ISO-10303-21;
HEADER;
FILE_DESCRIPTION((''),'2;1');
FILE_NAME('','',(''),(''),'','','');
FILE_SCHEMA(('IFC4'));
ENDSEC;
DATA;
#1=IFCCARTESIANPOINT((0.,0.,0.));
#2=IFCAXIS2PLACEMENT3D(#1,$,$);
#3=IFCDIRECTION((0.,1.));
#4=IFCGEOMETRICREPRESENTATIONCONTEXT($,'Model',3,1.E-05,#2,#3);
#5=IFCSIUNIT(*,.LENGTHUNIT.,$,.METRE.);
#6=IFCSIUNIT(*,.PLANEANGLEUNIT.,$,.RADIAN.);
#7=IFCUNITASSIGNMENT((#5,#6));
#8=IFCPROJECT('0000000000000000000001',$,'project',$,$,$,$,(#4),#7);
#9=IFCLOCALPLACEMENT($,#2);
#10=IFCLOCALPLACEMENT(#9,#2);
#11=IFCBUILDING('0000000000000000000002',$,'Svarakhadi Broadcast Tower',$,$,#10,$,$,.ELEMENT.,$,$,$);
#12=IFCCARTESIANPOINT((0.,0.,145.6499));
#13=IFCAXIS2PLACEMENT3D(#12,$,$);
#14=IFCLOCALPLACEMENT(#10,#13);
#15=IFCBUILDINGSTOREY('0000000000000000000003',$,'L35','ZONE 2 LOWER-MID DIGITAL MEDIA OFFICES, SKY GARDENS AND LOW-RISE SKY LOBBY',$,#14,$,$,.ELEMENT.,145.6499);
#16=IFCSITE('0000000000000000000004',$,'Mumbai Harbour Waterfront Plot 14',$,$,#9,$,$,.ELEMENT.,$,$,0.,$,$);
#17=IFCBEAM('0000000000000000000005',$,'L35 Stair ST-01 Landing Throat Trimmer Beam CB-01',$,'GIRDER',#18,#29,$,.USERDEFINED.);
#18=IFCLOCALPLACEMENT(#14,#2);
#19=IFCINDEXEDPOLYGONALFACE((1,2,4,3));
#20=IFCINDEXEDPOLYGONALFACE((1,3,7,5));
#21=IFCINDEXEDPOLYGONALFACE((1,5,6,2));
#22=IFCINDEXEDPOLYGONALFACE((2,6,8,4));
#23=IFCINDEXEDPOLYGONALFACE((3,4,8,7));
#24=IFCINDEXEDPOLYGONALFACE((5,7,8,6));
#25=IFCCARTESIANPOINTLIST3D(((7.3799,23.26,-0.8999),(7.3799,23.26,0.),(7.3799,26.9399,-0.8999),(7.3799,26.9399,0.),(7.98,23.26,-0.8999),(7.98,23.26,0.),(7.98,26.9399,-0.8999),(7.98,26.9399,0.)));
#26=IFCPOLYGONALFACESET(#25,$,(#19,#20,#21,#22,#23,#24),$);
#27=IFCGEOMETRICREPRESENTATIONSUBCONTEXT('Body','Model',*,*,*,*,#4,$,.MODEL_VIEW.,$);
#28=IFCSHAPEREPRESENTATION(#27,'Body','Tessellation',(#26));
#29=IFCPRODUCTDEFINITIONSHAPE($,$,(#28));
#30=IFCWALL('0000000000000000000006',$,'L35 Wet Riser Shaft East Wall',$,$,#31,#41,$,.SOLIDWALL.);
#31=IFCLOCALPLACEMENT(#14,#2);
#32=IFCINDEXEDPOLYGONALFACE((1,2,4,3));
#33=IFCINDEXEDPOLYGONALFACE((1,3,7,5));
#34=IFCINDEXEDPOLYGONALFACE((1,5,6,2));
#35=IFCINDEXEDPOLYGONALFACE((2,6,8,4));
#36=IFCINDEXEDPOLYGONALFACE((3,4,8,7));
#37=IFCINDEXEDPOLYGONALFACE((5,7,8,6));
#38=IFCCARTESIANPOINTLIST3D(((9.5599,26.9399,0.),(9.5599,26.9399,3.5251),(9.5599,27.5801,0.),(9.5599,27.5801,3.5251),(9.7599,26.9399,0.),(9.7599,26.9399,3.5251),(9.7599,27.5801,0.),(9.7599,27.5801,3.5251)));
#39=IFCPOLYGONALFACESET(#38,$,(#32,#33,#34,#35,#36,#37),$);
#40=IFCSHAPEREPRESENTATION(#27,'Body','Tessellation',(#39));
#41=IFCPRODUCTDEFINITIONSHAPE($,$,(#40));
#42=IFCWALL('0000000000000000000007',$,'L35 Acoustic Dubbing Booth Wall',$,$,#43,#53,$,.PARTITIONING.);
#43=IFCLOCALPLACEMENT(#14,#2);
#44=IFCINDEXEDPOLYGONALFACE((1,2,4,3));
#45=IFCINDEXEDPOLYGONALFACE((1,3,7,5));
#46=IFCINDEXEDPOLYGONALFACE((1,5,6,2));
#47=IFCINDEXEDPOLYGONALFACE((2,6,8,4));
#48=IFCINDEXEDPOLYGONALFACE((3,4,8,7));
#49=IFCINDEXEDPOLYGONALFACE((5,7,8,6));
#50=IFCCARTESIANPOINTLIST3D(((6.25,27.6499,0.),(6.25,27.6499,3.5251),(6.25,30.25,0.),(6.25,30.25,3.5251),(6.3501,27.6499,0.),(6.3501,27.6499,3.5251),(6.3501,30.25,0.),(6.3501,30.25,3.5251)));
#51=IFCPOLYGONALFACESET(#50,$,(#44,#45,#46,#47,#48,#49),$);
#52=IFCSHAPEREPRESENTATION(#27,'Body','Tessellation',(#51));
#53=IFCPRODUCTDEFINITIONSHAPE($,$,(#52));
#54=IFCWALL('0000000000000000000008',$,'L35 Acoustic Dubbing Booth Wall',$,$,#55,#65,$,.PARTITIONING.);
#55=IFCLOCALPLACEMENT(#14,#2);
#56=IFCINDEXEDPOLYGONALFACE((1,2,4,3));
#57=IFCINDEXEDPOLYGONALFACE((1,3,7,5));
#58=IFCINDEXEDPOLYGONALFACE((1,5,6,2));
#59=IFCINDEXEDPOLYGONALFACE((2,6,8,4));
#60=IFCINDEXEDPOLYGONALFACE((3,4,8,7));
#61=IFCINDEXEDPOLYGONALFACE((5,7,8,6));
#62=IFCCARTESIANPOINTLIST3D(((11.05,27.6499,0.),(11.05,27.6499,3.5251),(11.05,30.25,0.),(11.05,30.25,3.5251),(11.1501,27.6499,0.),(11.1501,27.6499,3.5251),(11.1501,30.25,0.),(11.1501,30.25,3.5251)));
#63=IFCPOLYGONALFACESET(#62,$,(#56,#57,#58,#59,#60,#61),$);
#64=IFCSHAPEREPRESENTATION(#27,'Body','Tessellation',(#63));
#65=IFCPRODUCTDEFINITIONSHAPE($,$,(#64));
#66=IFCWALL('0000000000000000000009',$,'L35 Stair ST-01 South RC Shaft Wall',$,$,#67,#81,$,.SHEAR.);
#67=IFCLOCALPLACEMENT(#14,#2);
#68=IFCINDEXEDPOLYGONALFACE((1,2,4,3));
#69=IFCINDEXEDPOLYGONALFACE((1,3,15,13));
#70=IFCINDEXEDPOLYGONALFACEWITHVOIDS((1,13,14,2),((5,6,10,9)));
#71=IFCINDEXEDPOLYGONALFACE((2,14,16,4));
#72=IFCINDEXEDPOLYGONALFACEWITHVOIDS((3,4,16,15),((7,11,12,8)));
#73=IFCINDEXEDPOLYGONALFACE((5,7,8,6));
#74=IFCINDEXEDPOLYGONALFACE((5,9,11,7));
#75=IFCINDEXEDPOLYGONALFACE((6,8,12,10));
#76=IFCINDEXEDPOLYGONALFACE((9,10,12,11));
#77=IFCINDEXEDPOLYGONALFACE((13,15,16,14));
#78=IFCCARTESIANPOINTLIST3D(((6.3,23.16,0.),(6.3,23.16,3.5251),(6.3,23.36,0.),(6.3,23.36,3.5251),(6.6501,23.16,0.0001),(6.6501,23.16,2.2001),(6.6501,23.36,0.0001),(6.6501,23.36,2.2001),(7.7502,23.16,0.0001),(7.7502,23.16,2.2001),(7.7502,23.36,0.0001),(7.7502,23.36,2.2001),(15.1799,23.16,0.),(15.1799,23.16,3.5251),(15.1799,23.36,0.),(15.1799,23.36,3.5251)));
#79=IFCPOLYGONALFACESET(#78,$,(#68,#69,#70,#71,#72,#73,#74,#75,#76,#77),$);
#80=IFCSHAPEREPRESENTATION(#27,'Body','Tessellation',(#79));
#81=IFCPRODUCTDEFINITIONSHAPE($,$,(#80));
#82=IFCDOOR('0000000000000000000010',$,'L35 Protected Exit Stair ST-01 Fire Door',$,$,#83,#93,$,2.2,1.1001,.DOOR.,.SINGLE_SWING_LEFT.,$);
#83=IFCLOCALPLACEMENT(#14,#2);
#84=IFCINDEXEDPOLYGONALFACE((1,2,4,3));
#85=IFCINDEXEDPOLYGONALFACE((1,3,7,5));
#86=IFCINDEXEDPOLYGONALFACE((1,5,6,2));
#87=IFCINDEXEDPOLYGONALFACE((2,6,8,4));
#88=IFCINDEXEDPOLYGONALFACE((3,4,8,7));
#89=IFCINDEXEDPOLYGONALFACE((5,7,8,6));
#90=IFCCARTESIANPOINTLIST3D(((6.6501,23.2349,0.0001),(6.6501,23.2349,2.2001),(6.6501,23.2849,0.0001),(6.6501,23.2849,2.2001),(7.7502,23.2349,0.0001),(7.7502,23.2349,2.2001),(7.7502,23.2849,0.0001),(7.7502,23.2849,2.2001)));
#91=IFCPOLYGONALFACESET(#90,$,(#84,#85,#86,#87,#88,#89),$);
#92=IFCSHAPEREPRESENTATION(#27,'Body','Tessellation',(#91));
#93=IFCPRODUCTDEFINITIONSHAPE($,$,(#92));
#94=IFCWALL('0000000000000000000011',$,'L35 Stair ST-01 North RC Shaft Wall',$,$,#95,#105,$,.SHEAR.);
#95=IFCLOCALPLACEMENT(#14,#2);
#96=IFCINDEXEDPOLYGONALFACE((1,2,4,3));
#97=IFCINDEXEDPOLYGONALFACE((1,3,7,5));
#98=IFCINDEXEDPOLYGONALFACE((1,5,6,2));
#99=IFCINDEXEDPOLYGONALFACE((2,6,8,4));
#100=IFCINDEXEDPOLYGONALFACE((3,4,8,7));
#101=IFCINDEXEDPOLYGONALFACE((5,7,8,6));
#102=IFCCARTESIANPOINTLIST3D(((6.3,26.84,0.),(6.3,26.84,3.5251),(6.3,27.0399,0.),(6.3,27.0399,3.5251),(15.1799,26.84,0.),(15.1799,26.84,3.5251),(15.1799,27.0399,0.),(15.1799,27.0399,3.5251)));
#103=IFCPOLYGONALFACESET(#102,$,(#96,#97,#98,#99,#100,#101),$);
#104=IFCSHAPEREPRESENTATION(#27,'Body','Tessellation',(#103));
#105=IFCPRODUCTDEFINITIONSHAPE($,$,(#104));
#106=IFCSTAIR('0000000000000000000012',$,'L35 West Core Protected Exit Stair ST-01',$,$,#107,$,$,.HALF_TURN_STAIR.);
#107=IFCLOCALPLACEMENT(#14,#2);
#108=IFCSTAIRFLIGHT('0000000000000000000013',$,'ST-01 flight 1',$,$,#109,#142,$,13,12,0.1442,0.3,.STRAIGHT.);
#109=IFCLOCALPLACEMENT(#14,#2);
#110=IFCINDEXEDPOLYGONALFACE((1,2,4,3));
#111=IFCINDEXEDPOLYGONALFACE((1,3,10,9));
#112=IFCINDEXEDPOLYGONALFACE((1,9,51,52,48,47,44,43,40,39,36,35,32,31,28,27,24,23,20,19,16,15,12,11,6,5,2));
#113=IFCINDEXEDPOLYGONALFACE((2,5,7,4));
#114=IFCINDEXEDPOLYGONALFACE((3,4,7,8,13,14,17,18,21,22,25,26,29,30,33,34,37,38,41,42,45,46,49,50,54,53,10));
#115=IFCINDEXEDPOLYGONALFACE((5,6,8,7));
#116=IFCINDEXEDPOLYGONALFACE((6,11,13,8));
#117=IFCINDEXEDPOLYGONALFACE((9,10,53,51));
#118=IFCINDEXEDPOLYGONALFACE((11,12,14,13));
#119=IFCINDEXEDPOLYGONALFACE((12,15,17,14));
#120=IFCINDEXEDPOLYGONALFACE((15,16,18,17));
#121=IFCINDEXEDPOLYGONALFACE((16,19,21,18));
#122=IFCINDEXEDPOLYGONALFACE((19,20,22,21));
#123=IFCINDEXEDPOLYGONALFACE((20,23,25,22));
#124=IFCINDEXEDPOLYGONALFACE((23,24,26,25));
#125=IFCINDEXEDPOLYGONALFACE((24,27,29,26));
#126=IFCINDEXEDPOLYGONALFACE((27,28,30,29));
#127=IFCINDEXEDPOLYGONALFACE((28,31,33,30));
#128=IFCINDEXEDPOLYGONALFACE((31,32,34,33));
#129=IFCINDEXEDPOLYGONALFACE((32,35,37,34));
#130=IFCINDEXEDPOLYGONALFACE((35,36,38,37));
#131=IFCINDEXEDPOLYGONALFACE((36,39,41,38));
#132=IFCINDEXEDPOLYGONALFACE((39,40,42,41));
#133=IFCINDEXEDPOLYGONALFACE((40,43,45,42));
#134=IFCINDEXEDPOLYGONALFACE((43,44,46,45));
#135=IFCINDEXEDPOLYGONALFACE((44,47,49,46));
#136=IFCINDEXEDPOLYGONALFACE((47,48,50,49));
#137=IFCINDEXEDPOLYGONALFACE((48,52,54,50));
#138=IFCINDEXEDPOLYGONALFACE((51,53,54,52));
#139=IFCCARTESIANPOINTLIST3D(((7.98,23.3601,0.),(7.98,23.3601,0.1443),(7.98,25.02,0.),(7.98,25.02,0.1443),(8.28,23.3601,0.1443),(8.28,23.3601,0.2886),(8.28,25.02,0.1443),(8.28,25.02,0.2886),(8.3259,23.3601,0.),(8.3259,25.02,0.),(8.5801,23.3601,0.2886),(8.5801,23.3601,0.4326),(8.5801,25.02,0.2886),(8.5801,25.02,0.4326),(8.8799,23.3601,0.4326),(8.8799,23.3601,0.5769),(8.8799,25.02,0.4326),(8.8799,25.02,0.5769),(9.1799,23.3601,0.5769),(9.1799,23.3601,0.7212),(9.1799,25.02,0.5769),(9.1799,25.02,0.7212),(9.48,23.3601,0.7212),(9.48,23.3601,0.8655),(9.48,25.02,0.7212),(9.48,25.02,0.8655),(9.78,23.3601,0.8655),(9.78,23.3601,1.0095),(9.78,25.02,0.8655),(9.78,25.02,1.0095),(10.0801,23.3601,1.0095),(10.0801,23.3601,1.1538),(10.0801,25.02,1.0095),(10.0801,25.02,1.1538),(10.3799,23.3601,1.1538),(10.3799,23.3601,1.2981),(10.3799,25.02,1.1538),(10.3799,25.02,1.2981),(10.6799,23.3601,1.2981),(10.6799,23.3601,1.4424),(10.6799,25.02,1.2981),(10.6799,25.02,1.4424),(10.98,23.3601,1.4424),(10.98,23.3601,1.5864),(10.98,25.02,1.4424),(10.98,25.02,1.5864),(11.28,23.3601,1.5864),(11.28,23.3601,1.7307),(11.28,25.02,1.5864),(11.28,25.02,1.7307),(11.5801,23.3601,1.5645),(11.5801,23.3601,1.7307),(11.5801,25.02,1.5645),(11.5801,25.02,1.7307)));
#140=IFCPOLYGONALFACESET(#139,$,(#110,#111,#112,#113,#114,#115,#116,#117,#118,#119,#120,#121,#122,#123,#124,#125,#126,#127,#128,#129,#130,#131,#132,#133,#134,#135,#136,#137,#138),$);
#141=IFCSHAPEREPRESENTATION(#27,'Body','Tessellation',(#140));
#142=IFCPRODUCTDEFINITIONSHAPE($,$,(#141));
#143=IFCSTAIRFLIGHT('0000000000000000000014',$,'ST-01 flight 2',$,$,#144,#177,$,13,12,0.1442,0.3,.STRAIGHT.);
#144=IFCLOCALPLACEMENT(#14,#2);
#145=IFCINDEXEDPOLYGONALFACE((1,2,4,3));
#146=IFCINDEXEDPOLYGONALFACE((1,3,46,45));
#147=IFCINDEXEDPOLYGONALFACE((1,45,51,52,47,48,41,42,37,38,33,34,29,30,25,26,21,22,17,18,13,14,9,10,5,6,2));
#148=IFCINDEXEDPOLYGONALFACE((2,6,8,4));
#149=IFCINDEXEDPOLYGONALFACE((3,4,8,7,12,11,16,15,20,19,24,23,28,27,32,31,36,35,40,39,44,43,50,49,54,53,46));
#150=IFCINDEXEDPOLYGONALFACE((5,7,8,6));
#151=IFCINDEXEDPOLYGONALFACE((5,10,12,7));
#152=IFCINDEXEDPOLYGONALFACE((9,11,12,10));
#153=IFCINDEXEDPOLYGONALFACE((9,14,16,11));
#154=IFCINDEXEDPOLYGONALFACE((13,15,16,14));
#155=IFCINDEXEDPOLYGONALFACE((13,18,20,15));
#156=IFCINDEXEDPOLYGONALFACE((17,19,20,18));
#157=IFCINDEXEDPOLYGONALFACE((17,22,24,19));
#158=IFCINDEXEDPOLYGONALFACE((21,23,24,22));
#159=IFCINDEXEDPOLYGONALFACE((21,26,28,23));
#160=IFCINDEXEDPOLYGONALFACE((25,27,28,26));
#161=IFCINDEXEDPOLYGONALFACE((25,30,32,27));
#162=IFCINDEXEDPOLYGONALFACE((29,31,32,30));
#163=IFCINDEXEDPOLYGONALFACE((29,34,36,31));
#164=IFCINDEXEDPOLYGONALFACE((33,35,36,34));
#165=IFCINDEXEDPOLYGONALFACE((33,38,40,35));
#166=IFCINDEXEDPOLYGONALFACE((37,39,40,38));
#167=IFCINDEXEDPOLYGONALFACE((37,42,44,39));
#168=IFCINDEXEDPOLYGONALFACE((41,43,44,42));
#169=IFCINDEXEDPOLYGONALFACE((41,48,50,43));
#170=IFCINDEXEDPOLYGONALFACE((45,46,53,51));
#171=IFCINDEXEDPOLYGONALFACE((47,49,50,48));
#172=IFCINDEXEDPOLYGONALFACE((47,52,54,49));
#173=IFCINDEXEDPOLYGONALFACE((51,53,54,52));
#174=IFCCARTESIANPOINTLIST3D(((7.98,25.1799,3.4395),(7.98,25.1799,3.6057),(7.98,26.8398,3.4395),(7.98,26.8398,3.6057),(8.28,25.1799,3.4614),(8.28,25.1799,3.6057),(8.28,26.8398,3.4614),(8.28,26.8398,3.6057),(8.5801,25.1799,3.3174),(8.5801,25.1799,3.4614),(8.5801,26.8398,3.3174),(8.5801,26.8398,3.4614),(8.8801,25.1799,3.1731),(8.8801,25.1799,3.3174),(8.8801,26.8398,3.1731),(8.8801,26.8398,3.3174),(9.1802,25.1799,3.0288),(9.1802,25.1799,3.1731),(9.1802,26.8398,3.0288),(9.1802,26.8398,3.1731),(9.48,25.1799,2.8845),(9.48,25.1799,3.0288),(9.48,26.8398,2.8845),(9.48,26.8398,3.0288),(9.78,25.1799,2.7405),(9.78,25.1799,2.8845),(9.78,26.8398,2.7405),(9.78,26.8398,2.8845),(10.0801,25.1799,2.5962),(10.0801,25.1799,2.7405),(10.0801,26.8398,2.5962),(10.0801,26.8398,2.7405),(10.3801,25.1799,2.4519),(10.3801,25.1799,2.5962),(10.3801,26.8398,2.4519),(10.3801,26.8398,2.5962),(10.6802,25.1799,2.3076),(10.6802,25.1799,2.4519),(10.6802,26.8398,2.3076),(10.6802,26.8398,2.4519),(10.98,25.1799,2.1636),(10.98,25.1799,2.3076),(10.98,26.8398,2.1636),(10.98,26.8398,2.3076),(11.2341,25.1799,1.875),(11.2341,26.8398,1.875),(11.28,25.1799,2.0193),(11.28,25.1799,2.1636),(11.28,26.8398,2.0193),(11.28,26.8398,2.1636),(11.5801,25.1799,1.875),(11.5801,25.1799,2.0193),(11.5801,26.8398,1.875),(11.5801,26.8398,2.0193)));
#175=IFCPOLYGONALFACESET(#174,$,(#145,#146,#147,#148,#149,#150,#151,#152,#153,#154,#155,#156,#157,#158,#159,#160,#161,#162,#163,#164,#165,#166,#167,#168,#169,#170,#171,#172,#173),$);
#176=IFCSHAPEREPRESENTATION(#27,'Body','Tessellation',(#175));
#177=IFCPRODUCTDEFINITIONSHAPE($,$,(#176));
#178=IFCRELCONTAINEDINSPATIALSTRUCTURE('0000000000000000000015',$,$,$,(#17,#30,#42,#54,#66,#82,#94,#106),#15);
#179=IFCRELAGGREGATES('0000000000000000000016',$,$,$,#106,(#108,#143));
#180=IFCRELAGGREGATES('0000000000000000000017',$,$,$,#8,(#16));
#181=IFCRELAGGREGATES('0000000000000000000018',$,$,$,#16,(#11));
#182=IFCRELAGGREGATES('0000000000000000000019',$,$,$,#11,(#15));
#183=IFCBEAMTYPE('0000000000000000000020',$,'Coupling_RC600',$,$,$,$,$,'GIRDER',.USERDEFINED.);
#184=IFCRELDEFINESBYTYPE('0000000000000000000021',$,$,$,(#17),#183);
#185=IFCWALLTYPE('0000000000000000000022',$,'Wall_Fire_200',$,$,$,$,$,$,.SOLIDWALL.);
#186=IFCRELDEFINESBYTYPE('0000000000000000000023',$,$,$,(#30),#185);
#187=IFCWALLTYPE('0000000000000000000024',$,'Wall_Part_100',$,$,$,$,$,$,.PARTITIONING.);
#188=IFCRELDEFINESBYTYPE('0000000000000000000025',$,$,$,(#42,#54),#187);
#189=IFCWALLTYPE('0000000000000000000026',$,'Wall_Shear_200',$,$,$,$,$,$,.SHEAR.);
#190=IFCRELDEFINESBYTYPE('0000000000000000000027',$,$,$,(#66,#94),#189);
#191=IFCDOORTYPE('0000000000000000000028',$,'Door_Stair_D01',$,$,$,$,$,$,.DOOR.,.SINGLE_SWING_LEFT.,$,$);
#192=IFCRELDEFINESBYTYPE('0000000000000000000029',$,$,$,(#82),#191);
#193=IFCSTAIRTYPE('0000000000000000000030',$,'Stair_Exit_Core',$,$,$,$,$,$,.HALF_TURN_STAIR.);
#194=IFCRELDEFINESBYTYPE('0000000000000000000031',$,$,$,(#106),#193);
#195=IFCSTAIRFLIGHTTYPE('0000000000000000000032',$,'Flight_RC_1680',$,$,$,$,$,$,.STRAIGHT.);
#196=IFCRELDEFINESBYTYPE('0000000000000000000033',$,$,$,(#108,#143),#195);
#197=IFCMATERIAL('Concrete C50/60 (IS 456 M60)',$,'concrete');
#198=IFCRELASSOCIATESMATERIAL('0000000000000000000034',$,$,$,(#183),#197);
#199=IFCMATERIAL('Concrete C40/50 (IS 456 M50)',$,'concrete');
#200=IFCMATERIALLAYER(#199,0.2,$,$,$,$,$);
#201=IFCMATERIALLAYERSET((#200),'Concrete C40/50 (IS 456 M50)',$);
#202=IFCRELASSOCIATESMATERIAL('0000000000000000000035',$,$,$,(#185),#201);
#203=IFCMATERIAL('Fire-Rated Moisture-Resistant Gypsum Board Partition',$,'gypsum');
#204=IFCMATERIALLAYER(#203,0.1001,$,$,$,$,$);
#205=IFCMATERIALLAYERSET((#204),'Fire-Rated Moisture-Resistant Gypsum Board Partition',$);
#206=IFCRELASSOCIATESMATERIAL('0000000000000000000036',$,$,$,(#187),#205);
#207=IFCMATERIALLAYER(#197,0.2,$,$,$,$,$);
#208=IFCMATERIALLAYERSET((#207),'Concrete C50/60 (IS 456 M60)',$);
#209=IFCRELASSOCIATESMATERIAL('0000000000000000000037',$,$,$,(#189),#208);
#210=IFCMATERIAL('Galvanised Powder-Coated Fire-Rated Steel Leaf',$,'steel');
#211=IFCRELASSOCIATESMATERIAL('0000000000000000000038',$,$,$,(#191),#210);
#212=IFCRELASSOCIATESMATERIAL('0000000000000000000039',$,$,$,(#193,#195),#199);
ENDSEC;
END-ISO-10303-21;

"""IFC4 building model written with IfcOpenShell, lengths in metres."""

from ifc_helpers import new_model, si_unit, direction, frame, frame_2d, origin, origin_2d, place, context, subcontext, project, spatial, polyline, rectangle, outline, extrude, material, layer, layer_set, material_profile, profile_set, type_object, element, fill, aggregate, save


model = new_model("IFC4")

# Units and contexts
model_context = context("Model", 3, precision=1e-05, world=origin(), true_north=direction((0.0, 1.0)))
body_context = subcontext(model_context, "Body", "Model", "MODEL_VIEW")
ifc_project = project(units=[si_unit("LENGTHUNIT", "METRE"), si_unit("PLANEANGLEUNIT", "RADIAN")], contexts=[model_context])

# Site, building, storey
site_placement = place(None, origin())
site = spatial("IfcSite", under=ifc_project, at=site_placement, Name="Mumbai Harbour Waterfront Plot 14", CompositionType="ELEMENT", RefElevation=0.0)
building_placement = place(site_placement, origin())
building = spatial("IfcBuilding", under=site, at=building_placement, Name="Svarakhadi Broadcast Tower", CompositionType="ELEMENT")
storey_placement = place(building_placement, frame((0.0, 0.0, 145.6499)))
storey = spatial("IfcBuildingStorey", under=building, at=storey_placement, Name="L35", Description="ZONE 2 LOWER-MID DIGITAL MEDIA OFFICES, SKY GARDENS AND LOW-RISE SKY LOBBY", CompositionType="ELEMENT", Elevation=145.6499)

# Beam
ifc_material_1 = material(Name="Concrete C50/60 (IS 456 M60)", Category="concrete")
ifc_material_profile = material_profile(ifc_material_1, rectangle(XDim=0.6001, YDim=0.8999, at=origin_2d()), Name="RC 600x900")
ifc_profile_set = profile_set([ifc_material_profile], Name="Concrete C50/60 (IS 456 M60)")
beam_type = type_object("IfcBeamType", Name="Coupling_RC600", ElementType="GIRDER", PredefinedType="USERDEFINED", material=ifc_profile_set)
beam_placement = place(storey_placement, frame((7.6799, 23.26, -0.45), z_axis=(0.0, 1.0, 0.0), x_axis=(-1.0, 0.0, 0.0)))
element("IfcBeam", 1, at=beam_placement, inside=storey, type_object=beam_type, Name="L35 Stair ST-01 Landing Throat Trimmer Beam CB-01", ObjectType="GIRDER", PredefinedType="USERDEFINED", context=body_context, shape_type="SweptSolid", body=[
    extrude(rectangle(XDim=0.6001, YDim=0.8999, at=origin_2d()), origin(), (0.0, 0.0, 1.0), 3.6799),
])

# Walls
ifc_material_2 = material(Name="Concrete C40/50 (IS 456 M50)", Category="concrete")
ifc_layer_1 = layer(ifc_material_2, 0.2)
ifc_layer_set_1 = layer_set([ifc_layer_1], Name="Concrete C40/50 (IS 456 M50)")
wall_type_1 = type_object("IfcWallType", Name="Wall_Fire_200", PredefinedType="SOLIDWALL", material=ifc_layer_set_1)
wall_1_placement = place(storey_placement, frame((9.6599, 26.9399, 0.0), z_axis=(0.0, 0.0, 1.0), x_axis=(0.0, 1.0, 0.0)))
element("IfcWall", 2, at=wall_1_placement, inside=storey, type_object=wall_type_1, Name="L35 Wet Riser Shaft East Wall", PredefinedType="SOLIDWALL", context=body_context, shape_type="SweptSolid", body=[
    extrude(rectangle(XDim=0.6401, YDim=0.2, at=frame_2d((0.3201, 0.0))), origin(), (0.0, 0.0, 1.0), 3.5251),
])
ifc_material_3 = material(Name="Fire-Rated Moisture-Resistant Gypsum Board Partition", Category="gypsum")
ifc_layer_2 = layer(ifc_material_3, 0.1001)
ifc_layer_set_2 = layer_set([ifc_layer_2], Name="Fire-Rated Moisture-Resistant Gypsum Board Partition")
wall_type_2 = type_object("IfcWallType", Name="Wall_Part_100", PredefinedType="PARTITIONING", material=ifc_layer_set_2)
for number, where, z_axis, x_axis, name in (
    (3, (6.3, 27.6499, 0.0), (0.0, 0.0, 1.0), (0.0, 1.0, 0.0), "L35 Acoustic Dubbing Booth Wall"),
    (4, (11.1001, 27.6499, 0.0), (0.0, 0.0, 1.0), (0.0, 1.0, 0.0), "L35 Acoustic Dubbing Booth Wall"),
):
    element("IfcWall", number, at=place(storey_placement, frame(where, z_axis=z_axis, x_axis=x_axis)), inside=storey, type_object=wall_type_2, Name=name, PredefinedType="PARTITIONING", context=body_context, shape_type="SweptSolid", body=[
        extrude(rectangle(XDim=2.6001, YDim=0.1001, at=frame_2d((1.3, 0.0))), origin(), (0.0, 0.0, 1.0), 3.5251),
    ])

# Wall, opening, door
ifc_layer_3 = layer(ifc_material_1, 0.2)
ifc_layer_set_3 = layer_set([ifc_layer_3], Name="Concrete C50/60 (IS 456 M60)")
wall_type_3 = type_object("IfcWallType", Name="Wall_Shear_200", PredefinedType="SHEAR", material=ifc_layer_set_3)
wall_2_placement = place(storey_placement, frame((6.3, 23.26, 0.0), z_axis=(0.0, 0.0, 1.0), x_axis=(1.0, 0.0, 0.0)))
wall_2 = element("IfcWall", 5, at=wall_2_placement, inside=storey, type_object=wall_type_3, Name="L35 Stair ST-01 South RC Shaft Wall", PredefinedType="SHEAR", context=body_context, shape_type="SweptSolid", body=[
    extrude(rectangle(XDim=8.8799, YDim=0.2, at=frame_2d((4.4399, 0.0))), origin(), (0.0, 0.0, 1.0), 3.5251),
])
opening_placement = place(wall_2_placement, frame((0.3501, 0.0, 0.0)))
opening = element("IfcOpeningElement", 6, at=opening_placement, cuts=wall_2, PredefinedType="OPENING", context=body_context, shape_type="SweptSolid", body=[
    extrude(rectangle(XDim=1.1001, YDim=2.2, at=frame_2d((0.55, 1.1001))), frame((0.0, 0.1099, 0.0), z_axis=(0.0, -1.0, 0.0), x_axis=(1.0, 0.0, 0.0)), (0.0, 0.0, 1.0), 0.22),
])
ifc_material_4 = material(Name="Galvanised Powder-Coated Fire-Rated Steel Leaf", Category="steel")
door_type = type_object("IfcDoorType", Name="Door_Stair_D01", OperationType="SINGLE_SWING_LEFT", PredefinedType="DOOR", material=ifc_material_4)
door_placement = place(opening_placement, origin())
door = element("IfcDoor", 7, at=door_placement, inside=storey, type_object=door_type, Name="L35 Protected Exit Stair ST-01 Fire Door", OperationType="SINGLE_SWING_LEFT", OverallHeight=2.2, OverallWidth=1.1001, PredefinedType="DOOR", context=body_context, shape_type="SweptSolid", body=[
    extrude(rectangle(XDim=1.1001, YDim=2.2, at=frame_2d((0.55, 1.1001))), frame((0.0, 0.0249, 0.0), z_axis=(0.0, -1.0, 0.0), x_axis=(1.0, 0.0, 0.0)), (0.0, 0.0, 1.0), 0.05),
])
fill(opening, door)

# Wall
wall_3_placement = place(storey_placement, frame((6.3, 26.9399, 0.0), z_axis=(0.0, 0.0, 1.0), x_axis=(1.0, 0.0, 0.0)))
element("IfcWall", 8, at=wall_3_placement, inside=storey, type_object=wall_type_3, Name="L35 Stair ST-01 North RC Shaft Wall", PredefinedType="SHEAR", context=body_context, shape_type="SweptSolid", body=[
    extrude(rectangle(XDim=8.8799, YDim=0.2, at=frame_2d((4.4399, 0.0))), origin(), (0.0, 0.0, 1.0), 3.5251),
])

# Stair, stair flights
stair_type = type_object("IfcStairType", Name="Stair_Exit_Core", PredefinedType="HALF_TURN_STAIR", material=ifc_material_2)
stair_placement = place(storey_placement, origin())
stair = element("IfcStair", 9, at=stair_placement, inside=storey, type_object=stair_type, Name="L35 West Core Protected Exit Stair ST-01", PredefinedType="HALF_TURN_STAIR")
stair_flight_type = type_object("IfcStairFlightType", Name="Flight_RC_1680", PredefinedType="STRAIGHT", material=ifc_material_2)
stair_flight_1_placement = place(storey_placement, frame((7.98, 24.1899, 0.0), z_axis=(0.0, 0.0, 1.0), x_axis=(1.0, 0.0, 0.0)))
stair_flight_1 = element("IfcStairFlight", 10, at=stair_flight_1_placement, type_object=stair_flight_type, Name="ST-01 flight 1", NumberOfRisers=13, NumberOfTreads=12, PredefinedType="STRAIGHT", RiserHeight=0.1442, TreadLength=0.3, context=body_context, shape_type="SweptSolid", body=[
    extrude(outline(polyline([(0.0, 0.0), (0.0, 0.1443), (0.3, 0.1443), (0.3, 0.2886), (0.6001, 0.2886), (0.6001, 0.4326), (0.8999, 0.4326), (0.8999, 0.5769), (1.2, 0.5769), (1.2, 0.7212), (1.5, 0.7212), (1.5, 0.8655), (1.8, 0.8655), (1.8, 1.0095), (2.1001, 1.0095), (2.1001, 1.1538), (2.3999, 1.1538), (2.3999, 1.2981), (2.7, 1.2981), (2.7, 1.4424), (3.0, 1.4424), (3.0, 1.5864), (3.3, 1.5864), (3.3, 1.7307), (3.6001, 1.7307), (3.6001, 1.875), (3.6001, 1.5645), (0.3459, 0.0), (0.0, 0.0)])), frame((0.0, 0.8301, 0.0), z_axis=(0.0, -1.0, 0.0), x_axis=(1.0, 0.0, 0.0)), (0.0, 0.0, 1.0), 1.6599),
])
stair_flight_2_placement = place(storey_placement, frame((11.5801, 26.01, 1.875), z_axis=(0.0, 0.0, 1.0), x_axis=(-1.0, 0.0, 0.0)))
stair_flight_2 = element("IfcStairFlight", 11, at=stair_flight_2_placement, type_object=stair_flight_type, Name="ST-01 flight 2", NumberOfRisers=13, NumberOfTreads=12, PredefinedType="STRAIGHT", RiserHeight=0.1442, TreadLength=0.3, context=body_context, shape_type="SweptSolid", body=[
    extrude(outline(polyline([(0.0, 0.0), (0.0, 0.1443), (0.3, 0.1443), (0.3, 0.2886), (0.6001, 0.2886), (0.6001, 0.4326), (0.8999, 0.4326), (0.8999, 0.5769), (1.2, 0.5769), (1.2, 0.7212), (1.5, 0.7212), (1.5, 0.8655), (1.8, 0.8655), (1.8, 1.0095), (2.1001, 1.0095), (2.1001, 1.1538), (2.3999, 1.1538), (2.3999, 1.2981), (2.7, 1.2981), (2.7, 1.4424), (3.0, 1.4424), (3.0, 1.5864), (3.3, 1.5864), (3.3, 1.7307), (3.6001, 1.7307), (3.6001, 1.875), (3.6001, 1.5645), (0.3459, 0.0), (0.0, 0.0)])), frame((0.0, 0.8301, 0.0), z_axis=(0.0, -1.0, 0.0), x_axis=(1.0, 0.0, 0.0)), (0.0, 0.0, 1.0), 1.6599),
])
aggregate(stair, [stair_flight_1, stair_flight_2])

save(model, "model.ifc")
